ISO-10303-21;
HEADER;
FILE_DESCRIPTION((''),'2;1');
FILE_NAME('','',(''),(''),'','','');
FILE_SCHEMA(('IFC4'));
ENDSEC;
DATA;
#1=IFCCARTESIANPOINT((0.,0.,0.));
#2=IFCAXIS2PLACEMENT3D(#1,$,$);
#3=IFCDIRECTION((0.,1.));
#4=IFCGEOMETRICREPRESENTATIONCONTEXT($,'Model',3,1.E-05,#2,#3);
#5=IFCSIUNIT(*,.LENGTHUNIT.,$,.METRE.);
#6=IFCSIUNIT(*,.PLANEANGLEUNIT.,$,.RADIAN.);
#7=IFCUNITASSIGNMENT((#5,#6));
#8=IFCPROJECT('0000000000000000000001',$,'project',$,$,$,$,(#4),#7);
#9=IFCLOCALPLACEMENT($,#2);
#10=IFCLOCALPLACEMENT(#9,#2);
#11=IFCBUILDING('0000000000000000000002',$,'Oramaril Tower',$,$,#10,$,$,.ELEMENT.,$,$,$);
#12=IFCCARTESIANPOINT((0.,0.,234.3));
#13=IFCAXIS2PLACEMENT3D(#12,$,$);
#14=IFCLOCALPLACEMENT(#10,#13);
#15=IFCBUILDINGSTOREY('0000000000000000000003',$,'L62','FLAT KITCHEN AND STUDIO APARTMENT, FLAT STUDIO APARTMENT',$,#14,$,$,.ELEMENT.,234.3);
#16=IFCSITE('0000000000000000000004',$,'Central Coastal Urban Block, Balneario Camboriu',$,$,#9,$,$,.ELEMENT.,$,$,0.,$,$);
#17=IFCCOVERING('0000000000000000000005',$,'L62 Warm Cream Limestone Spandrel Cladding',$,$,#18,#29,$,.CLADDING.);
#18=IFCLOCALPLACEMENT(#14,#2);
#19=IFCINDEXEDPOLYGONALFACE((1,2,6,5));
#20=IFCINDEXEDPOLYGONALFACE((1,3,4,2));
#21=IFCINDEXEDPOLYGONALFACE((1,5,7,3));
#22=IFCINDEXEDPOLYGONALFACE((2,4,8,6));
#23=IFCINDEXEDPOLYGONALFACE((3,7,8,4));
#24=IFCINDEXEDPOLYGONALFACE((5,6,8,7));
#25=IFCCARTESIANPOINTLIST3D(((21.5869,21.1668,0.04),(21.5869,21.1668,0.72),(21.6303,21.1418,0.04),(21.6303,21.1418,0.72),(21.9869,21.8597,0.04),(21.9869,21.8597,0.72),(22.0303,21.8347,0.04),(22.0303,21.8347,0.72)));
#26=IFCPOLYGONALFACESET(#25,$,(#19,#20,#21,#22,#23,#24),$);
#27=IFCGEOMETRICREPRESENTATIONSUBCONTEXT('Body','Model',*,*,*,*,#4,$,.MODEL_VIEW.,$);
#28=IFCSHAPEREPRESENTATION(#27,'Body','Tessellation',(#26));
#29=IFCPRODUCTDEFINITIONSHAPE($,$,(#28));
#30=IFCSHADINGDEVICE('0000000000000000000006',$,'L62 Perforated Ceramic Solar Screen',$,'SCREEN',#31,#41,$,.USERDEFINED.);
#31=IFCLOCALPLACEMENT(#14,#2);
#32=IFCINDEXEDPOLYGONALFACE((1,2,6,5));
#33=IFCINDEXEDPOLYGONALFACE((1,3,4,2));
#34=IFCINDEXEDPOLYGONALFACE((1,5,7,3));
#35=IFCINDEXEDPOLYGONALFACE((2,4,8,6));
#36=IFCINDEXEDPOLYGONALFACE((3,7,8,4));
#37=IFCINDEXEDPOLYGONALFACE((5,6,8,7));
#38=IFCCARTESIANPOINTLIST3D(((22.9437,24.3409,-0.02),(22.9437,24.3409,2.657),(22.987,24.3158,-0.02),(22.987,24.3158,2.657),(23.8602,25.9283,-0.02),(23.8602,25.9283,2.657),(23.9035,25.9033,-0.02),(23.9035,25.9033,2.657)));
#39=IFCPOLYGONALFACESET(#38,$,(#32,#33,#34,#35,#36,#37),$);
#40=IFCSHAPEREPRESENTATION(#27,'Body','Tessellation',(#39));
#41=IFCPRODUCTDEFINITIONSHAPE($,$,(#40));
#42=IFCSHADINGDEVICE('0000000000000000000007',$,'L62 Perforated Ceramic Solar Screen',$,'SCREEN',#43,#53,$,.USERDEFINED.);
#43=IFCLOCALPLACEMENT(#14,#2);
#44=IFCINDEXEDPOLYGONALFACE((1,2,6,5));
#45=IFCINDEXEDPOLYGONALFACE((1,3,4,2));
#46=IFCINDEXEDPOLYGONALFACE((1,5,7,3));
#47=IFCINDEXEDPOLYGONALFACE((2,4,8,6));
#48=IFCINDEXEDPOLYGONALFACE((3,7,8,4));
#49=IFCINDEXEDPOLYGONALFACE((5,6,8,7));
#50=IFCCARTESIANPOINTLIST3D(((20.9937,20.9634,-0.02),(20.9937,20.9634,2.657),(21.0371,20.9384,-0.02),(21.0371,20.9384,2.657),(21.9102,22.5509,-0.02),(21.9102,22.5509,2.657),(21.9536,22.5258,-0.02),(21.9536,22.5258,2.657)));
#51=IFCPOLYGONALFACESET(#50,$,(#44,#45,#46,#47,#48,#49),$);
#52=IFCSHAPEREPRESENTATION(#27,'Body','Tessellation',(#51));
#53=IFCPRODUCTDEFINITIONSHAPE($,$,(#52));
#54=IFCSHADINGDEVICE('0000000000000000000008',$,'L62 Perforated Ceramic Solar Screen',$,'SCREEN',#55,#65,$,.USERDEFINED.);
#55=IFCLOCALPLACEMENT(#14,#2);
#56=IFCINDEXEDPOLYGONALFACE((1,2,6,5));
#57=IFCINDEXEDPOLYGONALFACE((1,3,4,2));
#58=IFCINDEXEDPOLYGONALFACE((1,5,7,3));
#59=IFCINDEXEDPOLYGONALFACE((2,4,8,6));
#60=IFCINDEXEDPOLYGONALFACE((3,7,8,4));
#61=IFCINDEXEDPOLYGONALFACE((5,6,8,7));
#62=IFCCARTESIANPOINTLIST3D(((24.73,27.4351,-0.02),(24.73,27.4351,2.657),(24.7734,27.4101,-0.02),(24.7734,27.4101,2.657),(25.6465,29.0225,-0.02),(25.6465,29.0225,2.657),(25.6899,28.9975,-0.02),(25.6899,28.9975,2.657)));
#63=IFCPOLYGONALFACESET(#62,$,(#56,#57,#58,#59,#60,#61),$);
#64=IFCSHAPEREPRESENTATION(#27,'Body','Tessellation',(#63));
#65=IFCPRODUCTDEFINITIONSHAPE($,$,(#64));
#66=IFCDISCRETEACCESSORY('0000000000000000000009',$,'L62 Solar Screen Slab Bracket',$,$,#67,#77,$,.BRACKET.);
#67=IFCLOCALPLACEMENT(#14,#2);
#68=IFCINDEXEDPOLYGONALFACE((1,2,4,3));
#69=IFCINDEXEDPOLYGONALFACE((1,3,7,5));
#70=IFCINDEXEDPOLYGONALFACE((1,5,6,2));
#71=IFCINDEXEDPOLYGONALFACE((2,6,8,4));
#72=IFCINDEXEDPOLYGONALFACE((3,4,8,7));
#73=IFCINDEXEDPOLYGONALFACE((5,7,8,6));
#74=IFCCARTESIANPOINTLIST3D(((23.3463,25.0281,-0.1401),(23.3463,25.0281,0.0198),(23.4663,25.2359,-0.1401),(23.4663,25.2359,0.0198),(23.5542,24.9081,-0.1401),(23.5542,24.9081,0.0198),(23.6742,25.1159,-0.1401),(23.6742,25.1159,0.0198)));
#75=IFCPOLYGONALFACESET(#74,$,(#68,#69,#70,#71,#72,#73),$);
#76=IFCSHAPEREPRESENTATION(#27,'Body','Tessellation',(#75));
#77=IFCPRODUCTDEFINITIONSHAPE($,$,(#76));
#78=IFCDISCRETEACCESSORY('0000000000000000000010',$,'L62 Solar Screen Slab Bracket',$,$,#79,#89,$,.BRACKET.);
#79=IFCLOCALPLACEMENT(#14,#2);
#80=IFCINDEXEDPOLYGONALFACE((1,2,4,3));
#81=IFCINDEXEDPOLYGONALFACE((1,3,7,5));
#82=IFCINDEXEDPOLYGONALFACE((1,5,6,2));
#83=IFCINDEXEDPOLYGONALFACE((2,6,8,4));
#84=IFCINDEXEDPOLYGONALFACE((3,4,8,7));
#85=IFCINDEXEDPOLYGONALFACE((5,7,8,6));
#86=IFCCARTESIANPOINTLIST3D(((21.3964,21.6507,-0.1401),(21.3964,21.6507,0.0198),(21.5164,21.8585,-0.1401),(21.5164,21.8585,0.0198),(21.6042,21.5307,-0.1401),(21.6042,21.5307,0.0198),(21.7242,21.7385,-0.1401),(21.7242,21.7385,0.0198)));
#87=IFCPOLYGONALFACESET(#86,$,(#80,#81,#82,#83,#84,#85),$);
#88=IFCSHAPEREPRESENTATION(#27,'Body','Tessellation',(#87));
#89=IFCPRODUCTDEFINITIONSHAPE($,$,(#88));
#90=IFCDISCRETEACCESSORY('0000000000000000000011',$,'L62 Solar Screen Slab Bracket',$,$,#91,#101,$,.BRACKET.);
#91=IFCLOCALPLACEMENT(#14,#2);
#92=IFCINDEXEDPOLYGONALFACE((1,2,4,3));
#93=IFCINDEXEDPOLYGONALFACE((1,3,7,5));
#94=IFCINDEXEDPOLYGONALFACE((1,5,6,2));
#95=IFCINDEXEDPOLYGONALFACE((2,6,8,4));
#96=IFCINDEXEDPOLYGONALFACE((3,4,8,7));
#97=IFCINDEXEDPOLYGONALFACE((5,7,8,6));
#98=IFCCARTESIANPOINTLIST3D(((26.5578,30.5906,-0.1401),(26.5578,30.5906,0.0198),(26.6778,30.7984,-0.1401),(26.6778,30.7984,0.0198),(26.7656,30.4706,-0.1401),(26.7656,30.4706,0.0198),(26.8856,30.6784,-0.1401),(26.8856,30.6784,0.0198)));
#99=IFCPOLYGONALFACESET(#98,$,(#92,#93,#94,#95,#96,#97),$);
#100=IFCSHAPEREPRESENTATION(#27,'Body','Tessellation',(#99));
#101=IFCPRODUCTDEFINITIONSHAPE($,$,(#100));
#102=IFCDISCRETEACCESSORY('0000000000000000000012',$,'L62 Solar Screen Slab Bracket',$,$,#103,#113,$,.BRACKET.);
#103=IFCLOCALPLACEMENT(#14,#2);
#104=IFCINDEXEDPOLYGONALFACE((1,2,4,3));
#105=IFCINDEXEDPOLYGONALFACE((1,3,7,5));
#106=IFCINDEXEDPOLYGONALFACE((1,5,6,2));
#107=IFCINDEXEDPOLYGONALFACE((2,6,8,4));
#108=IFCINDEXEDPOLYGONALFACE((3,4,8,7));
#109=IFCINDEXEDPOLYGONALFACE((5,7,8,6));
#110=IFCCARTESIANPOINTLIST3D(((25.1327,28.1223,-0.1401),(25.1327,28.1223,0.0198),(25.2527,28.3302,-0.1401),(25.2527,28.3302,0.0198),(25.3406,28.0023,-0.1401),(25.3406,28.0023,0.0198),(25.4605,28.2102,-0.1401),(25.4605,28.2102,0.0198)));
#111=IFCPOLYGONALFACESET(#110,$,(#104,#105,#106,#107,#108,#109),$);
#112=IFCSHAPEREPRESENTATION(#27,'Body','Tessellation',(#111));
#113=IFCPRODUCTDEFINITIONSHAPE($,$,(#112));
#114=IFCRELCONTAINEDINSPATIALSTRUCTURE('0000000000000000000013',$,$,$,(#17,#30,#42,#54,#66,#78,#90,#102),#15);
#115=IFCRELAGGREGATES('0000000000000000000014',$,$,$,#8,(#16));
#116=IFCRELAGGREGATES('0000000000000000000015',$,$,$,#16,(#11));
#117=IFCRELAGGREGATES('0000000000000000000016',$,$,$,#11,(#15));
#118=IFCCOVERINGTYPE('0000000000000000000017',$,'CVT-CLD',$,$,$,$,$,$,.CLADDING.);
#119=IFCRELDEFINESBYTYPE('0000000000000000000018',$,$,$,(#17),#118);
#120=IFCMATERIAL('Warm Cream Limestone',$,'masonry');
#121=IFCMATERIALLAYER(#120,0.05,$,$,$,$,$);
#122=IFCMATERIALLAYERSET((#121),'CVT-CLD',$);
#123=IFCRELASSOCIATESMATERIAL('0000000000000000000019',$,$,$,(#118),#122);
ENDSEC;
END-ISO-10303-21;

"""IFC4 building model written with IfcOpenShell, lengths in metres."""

from ifc_helpers import new_model, si_unit, direction, frame, origin, origin_2d, place, context, subcontext, project, spatial, rectangle, extrude, material, layer, layer_set, type_object, element, save


model = new_model("IFC4")

# Units and contexts
model_context = context("Model", 3, precision=1e-05, world=origin(), true_north=direction((0.0, 1.0)))
body_context = subcontext(model_context, "Body", "Model", "MODEL_VIEW")
ifc_project = project(units=[si_unit("LENGTHUNIT", "METRE"), si_unit("PLANEANGLEUNIT", "RADIAN")], contexts=[model_context])

# Site, building, storey
site_placement = place(None, origin())
site = spatial("IfcSite", under=ifc_project, at=site_placement, Name="Central Coastal Urban Block, Balneario Camboriu", CompositionType="ELEMENT", RefElevation=0.0)
building_placement = place(site_placement, origin())
building = spatial("IfcBuilding", under=site, at=building_placement, Name="Oramaril Tower", CompositionType="ELEMENT")
storey_placement = place(building_placement, frame((0.0, 0.0, 234.3)))
storey = spatial("IfcBuildingStorey", under=building, at=storey_placement, Name="L62", Description="FLAT KITCHEN AND STUDIO APARTMENT, FLAT STUDIO APARTMENT", CompositionType="ELEMENT", Elevation=234.3)

# Covering
ifc_material_1 = material(Name="Warm Cream Limestone", Category="masonry")
ifc_layer_1 = layer(ifc_material_1, 0.05)
ifc_layer_set_1 = layer_set([ifc_layer_1], Name="CVT-CLD")
covering_type = type_object("IfcCoveringType", Name="CVT-CLD", PredefinedType="CLADDING", material=ifc_layer_set_1)
covering_placement = place(storey_placement, frame((21.8086, 21.5007, 0.04), z_axis=(0.0, 0.0, 1.0), x_axis=(-0.499998, -0.866026, 0.0)))
element("IfcCovering", 1, at=covering_placement, inside=storey, type_object=covering_type, Name="L62 Warm Cream Limestone Spandrel Cladding", PredefinedType="CLADDING", context=body_context, shape_type="SweptSolid", body=[
    extrude(rectangle(XDim=0.8, YDim=0.05, at=origin_2d()), origin(), (0.0, 0.0, 1.0), 0.6799),
])

# Shading devices
for number, where, z_axis, x_axis, name in (
    (2, (23.4236, 25.1221, -0.02), (0.0, 0.0, 1.0), (-0.499998, -0.866026, 0.0), "L62 Perforated Ceramic Solar Screen"),
    (3, (21.4736, 21.7446, -0.02), (0.0, 0.0, 1.0), (-0.499998, -0.866026, 0.0), "L62 Perforated Ceramic Solar Screen"),
    (4, (25.21, 28.2163, -0.02), (0.0, 0.0, 1.0), (-0.499998, -0.866026, 0.0), "L62 Perforated Ceramic Solar Screen"),
):
    element("IfcShadingDevice", number, at=place(storey_placement, frame(where, z_axis=z_axis, x_axis=x_axis)), inside=storey, Name=name, ObjectType="SCREEN", PredefinedType="USERDEFINED", context=body_context, shape_type="SweptSolid", body=[
        extrude(rectangle(XDim=1.833, YDim=0.05, at=origin_2d()), origin(), (0.0, 0.0, 1.0), 2.677),
    ])

# Discrete accessories
for number, where, z_axis, x_axis, name in (
    (5, (23.5103, 25.072, -0.1401), (0.0, 0.0, 1.0), (-0.499998, -0.866026, 0.0), "L62 Solar Screen Slab Bracket"),
    (6, (21.5603, 21.6946, -0.1401), (0.0, 0.0, 1.0), (-0.499998, -0.866026, 0.0), "L62 Solar Screen Slab Bracket"),
    (7, (26.7217, 30.6345, -0.1401), (0.0, 0.0, 1.0), (-0.499998, -0.866026, 0.0), "L62 Solar Screen Slab Bracket"),
    (8, (25.2966, 28.1663, -0.1401), (0.0, 0.0, 1.0), (-0.499998, -0.866026, 0.0), "L62 Solar Screen Slab Bracket"),
):
    element("IfcDiscreteAccessory", number, at=place(storey_placement, frame(where, z_axis=z_axis, x_axis=x_axis)), inside=storey, Name=name, PredefinedType="BRACKET", context=body_context, shape_type="SweptSolid", body=[
        extrude(rectangle(XDim=0.24, YDim=0.24, at=origin_2d()), origin(), (0.0, 0.0, 1.0), 0.1599),
    ])

save(model, "model.ifc")
